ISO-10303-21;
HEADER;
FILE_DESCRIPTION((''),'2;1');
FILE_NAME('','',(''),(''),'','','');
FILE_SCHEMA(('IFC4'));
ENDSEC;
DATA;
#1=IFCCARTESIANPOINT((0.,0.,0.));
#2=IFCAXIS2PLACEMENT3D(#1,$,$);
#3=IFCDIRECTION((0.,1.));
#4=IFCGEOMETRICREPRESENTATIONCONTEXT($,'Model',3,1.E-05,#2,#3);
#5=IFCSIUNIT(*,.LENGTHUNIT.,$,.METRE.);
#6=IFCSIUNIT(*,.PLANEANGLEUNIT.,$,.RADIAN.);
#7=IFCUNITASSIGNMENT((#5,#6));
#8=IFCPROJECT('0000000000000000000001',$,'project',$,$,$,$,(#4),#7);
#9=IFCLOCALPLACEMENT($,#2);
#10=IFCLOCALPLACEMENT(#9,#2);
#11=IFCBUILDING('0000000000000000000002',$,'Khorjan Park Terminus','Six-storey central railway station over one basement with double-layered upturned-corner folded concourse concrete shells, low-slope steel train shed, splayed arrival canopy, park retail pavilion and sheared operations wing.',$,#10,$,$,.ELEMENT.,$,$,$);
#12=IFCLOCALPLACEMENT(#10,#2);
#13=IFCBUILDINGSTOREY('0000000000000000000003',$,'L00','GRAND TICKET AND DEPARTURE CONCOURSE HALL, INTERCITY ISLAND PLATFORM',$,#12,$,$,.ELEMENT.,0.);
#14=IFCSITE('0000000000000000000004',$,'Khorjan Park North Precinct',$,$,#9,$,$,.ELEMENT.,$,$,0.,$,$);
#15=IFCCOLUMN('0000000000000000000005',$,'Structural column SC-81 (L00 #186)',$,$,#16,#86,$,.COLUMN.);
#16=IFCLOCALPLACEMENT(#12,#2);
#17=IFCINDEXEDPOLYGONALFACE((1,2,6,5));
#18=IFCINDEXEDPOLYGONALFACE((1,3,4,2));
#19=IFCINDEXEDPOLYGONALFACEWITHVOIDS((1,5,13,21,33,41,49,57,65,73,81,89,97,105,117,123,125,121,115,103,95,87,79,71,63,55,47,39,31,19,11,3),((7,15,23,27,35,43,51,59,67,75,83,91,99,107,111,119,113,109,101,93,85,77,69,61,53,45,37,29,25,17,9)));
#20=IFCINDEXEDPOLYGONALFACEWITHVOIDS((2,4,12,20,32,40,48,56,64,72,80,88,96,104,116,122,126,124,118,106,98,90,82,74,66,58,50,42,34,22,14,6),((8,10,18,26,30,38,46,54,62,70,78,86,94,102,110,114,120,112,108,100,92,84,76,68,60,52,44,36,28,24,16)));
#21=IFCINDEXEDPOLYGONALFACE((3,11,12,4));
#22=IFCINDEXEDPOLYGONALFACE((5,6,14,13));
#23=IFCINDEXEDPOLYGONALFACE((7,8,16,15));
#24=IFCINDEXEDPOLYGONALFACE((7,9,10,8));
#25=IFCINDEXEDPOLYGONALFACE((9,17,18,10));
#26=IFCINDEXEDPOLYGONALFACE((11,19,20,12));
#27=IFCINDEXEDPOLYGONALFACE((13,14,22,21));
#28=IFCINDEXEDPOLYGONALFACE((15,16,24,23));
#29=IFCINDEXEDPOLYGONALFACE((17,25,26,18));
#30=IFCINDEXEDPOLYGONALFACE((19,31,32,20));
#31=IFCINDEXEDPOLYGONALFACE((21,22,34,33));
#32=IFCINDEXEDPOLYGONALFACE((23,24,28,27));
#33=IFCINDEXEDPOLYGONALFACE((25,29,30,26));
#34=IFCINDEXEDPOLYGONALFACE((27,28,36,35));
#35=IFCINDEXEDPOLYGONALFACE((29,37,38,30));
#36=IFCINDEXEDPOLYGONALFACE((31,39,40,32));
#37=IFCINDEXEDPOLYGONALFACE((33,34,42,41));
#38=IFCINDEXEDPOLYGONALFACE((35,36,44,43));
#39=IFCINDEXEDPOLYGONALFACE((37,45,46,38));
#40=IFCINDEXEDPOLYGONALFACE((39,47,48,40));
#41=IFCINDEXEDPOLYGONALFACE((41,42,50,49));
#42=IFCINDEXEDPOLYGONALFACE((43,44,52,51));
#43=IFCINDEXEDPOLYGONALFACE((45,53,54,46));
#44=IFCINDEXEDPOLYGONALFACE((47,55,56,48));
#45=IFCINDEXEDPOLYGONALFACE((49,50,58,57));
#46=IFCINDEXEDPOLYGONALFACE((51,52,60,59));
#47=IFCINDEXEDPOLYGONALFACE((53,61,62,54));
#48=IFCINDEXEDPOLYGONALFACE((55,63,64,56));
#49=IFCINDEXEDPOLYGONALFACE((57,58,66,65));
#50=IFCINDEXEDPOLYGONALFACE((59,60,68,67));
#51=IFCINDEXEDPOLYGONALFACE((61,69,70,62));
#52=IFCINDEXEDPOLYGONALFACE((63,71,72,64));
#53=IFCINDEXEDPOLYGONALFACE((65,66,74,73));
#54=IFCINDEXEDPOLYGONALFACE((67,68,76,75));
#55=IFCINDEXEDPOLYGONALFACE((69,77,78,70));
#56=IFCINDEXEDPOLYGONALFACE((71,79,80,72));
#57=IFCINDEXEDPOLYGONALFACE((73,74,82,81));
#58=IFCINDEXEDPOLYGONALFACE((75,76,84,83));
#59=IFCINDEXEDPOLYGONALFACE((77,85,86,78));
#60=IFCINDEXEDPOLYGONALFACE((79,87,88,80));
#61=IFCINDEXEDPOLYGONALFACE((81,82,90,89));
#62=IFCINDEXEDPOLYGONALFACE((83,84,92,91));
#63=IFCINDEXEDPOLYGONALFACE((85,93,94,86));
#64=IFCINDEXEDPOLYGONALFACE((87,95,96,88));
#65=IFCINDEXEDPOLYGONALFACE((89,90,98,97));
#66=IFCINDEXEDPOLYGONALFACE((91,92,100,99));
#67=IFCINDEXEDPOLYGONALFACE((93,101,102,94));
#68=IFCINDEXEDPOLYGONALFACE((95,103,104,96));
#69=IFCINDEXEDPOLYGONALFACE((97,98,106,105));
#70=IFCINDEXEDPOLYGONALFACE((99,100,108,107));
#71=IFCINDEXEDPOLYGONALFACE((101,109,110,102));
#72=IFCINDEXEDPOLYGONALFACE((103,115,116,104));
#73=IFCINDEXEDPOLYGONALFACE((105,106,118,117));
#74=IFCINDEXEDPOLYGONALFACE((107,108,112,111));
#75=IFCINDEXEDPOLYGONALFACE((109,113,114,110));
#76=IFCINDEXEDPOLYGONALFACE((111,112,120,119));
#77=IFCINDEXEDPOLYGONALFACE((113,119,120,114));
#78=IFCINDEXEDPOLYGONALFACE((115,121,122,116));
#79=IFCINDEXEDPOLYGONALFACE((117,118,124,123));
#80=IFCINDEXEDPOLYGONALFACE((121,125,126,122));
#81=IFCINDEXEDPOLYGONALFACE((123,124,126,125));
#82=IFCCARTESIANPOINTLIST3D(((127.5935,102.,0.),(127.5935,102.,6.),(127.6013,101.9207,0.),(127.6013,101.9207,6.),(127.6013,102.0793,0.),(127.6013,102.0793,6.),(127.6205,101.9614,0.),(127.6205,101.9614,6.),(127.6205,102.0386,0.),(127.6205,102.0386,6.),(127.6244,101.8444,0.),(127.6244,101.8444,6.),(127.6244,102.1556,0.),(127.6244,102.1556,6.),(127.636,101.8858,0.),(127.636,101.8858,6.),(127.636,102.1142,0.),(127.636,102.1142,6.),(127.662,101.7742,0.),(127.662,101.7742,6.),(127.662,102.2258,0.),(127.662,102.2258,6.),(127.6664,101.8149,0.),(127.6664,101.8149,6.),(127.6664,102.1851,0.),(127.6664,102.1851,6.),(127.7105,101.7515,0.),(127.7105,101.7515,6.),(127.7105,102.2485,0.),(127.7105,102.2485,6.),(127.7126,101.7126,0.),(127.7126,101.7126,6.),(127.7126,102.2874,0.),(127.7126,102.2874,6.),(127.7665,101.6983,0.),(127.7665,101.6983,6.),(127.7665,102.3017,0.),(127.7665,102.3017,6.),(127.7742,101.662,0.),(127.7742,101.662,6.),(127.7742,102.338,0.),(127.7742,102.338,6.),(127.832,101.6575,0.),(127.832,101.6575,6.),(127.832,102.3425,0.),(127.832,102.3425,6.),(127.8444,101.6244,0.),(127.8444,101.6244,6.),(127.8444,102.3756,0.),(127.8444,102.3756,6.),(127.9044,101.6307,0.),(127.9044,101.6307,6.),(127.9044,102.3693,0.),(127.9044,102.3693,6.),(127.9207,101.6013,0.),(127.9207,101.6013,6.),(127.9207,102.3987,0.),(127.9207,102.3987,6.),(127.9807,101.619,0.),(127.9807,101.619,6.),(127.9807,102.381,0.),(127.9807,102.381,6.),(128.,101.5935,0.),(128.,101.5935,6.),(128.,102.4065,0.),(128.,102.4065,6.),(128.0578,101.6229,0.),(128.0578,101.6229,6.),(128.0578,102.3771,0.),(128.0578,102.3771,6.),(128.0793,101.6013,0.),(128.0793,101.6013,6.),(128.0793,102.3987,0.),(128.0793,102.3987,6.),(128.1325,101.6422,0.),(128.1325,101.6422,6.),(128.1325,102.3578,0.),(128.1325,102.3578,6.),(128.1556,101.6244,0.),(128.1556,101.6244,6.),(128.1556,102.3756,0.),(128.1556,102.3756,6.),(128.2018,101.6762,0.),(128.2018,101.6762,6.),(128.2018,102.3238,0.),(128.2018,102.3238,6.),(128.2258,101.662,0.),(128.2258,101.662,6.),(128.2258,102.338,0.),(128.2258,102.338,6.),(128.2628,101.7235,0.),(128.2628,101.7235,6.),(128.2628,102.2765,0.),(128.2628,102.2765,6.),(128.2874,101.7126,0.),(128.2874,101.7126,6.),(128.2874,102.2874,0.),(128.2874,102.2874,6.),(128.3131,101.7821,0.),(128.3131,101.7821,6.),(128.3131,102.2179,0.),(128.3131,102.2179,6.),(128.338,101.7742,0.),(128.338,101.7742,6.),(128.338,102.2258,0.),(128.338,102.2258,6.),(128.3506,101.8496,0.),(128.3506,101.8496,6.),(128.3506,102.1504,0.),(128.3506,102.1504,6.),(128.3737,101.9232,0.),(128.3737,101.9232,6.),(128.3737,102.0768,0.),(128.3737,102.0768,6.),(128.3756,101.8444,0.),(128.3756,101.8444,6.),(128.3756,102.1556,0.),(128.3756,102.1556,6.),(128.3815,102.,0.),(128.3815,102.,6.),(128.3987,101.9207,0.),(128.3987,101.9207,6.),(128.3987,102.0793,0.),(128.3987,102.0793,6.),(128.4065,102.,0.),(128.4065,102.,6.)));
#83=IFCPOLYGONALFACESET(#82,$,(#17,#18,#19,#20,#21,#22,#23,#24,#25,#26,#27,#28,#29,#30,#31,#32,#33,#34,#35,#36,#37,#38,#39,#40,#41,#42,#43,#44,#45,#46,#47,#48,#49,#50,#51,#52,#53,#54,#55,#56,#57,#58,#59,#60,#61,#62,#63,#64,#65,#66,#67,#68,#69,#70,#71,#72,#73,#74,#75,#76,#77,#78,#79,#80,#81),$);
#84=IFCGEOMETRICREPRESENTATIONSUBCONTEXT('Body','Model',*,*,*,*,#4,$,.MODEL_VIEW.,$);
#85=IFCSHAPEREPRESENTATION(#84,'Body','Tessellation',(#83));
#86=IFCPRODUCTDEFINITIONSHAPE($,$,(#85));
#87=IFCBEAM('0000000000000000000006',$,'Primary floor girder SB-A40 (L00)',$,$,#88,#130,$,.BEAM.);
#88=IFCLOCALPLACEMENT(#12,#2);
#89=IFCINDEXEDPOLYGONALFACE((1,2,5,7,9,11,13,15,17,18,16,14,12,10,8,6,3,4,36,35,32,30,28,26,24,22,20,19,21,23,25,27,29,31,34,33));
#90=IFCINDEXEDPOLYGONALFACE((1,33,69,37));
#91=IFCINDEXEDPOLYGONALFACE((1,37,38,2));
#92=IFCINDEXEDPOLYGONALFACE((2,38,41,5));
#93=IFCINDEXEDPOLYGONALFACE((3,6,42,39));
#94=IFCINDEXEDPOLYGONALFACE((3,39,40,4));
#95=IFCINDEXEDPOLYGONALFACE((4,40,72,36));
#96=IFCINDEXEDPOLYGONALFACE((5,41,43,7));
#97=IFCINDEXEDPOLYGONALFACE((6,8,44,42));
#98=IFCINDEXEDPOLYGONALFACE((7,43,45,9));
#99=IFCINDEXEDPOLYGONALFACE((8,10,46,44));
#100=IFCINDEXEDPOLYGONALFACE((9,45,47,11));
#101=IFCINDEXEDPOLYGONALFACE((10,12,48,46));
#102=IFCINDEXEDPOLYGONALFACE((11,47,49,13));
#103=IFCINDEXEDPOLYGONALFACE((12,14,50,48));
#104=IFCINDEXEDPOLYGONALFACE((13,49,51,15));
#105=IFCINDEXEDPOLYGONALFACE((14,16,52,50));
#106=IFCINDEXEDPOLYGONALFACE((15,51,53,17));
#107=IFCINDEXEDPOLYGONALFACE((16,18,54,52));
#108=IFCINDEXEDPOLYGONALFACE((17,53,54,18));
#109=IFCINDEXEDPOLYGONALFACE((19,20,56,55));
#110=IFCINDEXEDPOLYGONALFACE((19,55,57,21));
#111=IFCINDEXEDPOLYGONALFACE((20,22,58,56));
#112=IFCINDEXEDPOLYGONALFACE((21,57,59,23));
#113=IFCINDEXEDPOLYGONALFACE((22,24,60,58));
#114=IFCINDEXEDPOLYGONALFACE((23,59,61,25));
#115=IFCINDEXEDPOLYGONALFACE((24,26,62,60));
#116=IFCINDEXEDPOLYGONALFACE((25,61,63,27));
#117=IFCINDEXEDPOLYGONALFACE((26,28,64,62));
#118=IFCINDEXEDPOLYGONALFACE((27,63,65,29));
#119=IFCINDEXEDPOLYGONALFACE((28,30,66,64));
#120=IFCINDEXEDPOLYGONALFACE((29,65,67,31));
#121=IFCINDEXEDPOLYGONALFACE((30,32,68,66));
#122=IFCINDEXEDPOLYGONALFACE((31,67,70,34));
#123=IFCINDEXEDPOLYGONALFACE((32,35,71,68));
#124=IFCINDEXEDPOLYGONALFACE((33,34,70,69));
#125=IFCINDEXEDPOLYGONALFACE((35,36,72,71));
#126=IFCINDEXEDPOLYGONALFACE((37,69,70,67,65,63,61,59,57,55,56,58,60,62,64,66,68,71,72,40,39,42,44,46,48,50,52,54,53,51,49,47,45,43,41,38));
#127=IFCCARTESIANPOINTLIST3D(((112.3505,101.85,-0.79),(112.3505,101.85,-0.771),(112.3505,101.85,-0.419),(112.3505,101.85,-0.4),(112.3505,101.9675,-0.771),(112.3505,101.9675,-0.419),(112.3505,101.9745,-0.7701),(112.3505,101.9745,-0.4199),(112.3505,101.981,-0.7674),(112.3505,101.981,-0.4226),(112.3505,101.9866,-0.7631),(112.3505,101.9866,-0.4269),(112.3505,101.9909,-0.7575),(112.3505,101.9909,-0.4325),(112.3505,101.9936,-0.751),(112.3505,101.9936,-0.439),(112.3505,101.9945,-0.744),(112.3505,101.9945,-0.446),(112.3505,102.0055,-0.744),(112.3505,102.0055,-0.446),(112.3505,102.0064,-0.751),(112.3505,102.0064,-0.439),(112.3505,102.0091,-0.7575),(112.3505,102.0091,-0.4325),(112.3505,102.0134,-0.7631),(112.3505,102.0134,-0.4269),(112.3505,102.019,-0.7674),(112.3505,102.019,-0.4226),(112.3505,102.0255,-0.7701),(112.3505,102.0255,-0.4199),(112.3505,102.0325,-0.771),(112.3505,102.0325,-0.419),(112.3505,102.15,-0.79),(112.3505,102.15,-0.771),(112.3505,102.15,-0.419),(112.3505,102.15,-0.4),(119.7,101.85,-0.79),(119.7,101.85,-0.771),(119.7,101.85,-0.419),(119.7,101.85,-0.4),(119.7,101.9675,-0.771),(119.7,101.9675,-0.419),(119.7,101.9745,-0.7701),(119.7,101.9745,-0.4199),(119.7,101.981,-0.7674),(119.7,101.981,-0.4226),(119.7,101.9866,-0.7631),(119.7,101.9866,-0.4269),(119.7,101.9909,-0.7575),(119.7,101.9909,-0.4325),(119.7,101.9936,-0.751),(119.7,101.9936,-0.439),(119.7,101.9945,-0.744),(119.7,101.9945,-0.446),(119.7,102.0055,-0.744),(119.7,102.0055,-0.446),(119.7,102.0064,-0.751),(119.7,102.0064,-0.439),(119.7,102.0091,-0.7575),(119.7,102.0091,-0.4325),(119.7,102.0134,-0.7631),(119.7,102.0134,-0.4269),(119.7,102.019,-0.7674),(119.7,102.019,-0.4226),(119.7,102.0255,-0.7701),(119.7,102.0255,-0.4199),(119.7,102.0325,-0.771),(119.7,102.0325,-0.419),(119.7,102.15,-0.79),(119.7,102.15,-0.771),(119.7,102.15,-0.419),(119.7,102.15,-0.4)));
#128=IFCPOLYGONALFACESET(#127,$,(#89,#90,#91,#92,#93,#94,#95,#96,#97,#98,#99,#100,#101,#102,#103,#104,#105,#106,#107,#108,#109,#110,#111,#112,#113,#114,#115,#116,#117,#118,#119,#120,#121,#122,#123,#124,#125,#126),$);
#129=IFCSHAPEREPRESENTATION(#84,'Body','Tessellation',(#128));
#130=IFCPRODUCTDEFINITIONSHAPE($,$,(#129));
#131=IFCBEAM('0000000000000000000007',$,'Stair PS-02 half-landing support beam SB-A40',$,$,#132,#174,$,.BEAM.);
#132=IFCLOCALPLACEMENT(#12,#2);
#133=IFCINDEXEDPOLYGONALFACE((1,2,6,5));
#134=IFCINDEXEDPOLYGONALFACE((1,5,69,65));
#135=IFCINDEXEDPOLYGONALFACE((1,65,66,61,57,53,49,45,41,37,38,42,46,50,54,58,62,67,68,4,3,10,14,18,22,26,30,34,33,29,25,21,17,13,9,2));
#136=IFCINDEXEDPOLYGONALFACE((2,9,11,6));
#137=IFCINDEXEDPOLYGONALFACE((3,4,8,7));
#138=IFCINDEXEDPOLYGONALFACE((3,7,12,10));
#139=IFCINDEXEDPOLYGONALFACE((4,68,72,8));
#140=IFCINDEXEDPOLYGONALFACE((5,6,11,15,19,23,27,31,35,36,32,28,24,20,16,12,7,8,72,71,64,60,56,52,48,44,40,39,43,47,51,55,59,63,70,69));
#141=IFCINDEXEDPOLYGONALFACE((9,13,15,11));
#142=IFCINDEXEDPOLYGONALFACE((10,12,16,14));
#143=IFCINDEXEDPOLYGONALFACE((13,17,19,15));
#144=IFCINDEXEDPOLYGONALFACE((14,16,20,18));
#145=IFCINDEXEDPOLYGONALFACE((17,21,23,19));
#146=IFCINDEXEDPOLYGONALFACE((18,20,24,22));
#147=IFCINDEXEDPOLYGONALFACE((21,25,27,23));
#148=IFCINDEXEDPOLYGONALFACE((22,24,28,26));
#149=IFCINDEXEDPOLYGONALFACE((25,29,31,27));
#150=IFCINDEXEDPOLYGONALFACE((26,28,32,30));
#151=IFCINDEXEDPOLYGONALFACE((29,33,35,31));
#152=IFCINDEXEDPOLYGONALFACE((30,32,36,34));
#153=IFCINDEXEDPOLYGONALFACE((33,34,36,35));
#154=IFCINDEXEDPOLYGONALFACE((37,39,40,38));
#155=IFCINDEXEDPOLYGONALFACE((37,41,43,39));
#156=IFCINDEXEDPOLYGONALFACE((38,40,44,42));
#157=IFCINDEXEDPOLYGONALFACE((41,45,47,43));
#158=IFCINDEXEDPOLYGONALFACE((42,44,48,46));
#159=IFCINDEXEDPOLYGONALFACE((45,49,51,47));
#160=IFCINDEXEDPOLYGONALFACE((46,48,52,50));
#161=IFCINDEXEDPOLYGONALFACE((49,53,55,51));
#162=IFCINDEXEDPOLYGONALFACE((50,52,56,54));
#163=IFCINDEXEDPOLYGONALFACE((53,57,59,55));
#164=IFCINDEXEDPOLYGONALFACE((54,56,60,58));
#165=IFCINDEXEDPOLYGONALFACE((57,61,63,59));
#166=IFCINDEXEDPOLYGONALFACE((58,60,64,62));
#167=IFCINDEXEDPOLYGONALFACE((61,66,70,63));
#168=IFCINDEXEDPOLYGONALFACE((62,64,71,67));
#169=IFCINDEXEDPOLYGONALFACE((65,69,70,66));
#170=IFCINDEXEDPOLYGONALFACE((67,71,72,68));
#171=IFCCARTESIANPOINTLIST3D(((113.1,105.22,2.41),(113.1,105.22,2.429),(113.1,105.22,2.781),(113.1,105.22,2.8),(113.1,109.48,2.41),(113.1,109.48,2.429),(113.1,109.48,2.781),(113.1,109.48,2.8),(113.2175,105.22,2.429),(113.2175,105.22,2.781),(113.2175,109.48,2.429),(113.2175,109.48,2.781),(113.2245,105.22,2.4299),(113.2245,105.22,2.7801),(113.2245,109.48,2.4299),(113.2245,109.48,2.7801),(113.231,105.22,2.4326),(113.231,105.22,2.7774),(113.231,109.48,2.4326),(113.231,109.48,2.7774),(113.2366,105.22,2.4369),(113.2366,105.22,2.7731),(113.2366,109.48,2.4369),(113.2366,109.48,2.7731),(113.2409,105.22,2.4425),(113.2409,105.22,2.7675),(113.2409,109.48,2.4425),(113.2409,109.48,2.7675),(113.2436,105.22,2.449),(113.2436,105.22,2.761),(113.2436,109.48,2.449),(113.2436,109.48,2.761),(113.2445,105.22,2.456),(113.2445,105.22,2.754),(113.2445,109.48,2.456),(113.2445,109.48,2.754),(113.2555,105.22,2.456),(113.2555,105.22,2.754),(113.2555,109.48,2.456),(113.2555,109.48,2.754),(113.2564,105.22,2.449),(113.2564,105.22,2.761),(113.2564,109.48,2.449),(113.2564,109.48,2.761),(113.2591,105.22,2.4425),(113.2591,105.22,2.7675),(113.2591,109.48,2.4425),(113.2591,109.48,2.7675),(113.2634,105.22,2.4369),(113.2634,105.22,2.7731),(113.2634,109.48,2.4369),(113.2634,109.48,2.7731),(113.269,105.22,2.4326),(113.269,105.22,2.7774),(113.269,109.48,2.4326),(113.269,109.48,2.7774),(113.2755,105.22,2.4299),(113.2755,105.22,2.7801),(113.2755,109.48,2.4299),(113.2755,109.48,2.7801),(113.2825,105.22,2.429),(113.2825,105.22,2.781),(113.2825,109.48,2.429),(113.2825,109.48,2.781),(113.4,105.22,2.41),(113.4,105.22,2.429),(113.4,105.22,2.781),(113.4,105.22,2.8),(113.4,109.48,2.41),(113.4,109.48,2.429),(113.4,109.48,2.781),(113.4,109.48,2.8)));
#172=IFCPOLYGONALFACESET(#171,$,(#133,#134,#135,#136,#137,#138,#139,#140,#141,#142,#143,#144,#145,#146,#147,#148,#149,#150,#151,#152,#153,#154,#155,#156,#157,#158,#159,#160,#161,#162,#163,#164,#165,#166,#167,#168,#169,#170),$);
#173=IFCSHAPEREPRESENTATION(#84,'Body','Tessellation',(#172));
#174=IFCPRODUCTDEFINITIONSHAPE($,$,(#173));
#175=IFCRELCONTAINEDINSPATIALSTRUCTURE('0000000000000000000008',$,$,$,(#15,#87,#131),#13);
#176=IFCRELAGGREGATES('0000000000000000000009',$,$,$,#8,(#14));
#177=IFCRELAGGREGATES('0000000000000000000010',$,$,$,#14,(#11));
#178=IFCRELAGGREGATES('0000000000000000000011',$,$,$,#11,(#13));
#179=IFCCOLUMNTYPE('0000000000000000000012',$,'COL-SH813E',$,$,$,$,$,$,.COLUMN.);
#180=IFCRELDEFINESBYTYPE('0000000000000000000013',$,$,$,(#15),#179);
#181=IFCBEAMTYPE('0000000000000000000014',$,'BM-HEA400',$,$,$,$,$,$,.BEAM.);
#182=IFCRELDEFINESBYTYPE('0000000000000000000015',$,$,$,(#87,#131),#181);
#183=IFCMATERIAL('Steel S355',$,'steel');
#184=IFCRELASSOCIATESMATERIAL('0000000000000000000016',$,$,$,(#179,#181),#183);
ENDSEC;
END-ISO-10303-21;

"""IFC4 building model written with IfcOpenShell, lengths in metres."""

from ifc_helpers import new_model, si_unit, direction, frame, origin, origin_2d, place, context, subcontext, project, spatial, hollow_circle, i_section, extrude, material, material_profile, profile_set, type_object, element, save


model = new_model("IFC4")

# Units and contexts
model_context = context("Model", 3, precision=1e-05, world=origin(), true_north=direction((0.0, 1.0)))
body_context = subcontext(model_context, "Body", "Model", "MODEL_VIEW")
ifc_project = project(units=[si_unit("LENGTHUNIT", "METRE"), si_unit("PLANEANGLEUNIT", "RADIAN")], contexts=[model_context])

# Site, building, storey
site_placement = place(None, origin())
site = spatial("IfcSite", under=ifc_project, at=site_placement, Name="Khorjan Park North Precinct", CompositionType="ELEMENT", RefElevation=0.0)
building_placement = place(site_placement, origin())
building = spatial("IfcBuilding", under=site, at=building_placement, Name="Khorjan Park Terminus", Description="Six-storey central railway station over one basement with double-layered upturned-corner folded concourse concrete shells, low-slope steel train shed, splayed arrival canopy, park retail pavilion and sheared operations wing.", CompositionType="ELEMENT")
storey_placement = place(building_placement, origin())
storey = spatial("IfcBuildingStorey", under=building, at=storey_placement, Name="L00", Description="GRAND TICKET AND DEPARTURE CONCOURSE HALL, INTERCITY ISLAND PLATFORM", CompositionType="ELEMENT", Elevation=0.0)

# Column
ifc_material_1 = material(Name="Steel S355", Category="steel")
ifc_material_profile_1 = material_profile(ifc_material_1, hollow_circle(Radius=0.4065, WallThickness=0.025, at=origin_2d()), Name="CHS 813x25")
ifc_profile_set_1 = profile_set([ifc_material_profile_1], Name="Steel S355")
column_type_1 = type_object("IfcColumnType", Name="COL-SH813E", PredefinedType="COLUMN", material=ifc_profile_set_1)
column_1_placement = place(storey_placement, frame((128.0, 102.0, 0.0), z_axis=(0.0, 0.0, 1.0), x_axis=(1.0, 0.0, 0.0)))
element("IfcColumn", 1, at=column_1_placement, inside=storey, type_object=column_type_1, Name="Structural column SC-81 (L00 #186)", PredefinedType="COLUMN", context=body_context, shape_type="SweptSolid", body=[
    extrude(hollow_circle(Radius=0.4065, WallThickness=0.025, at=origin_2d()), origin(), (0.0, 0.0, 1.0), 6.0),
])

# Beams
ifc_material_profile_2 = material_profile(ifc_material_1, i_section(OverallWidth=0.3, OverallDepth=0.39, WebThickness=0.011, FlangeThickness=0.019, FilletRadius=0.027, at=origin_2d()), Name="HEA 400")
ifc_profile_set_2 = profile_set([ifc_material_profile_2], Name="Steel S355")
beam_type_1 = type_object("IfcBeamType", Name="BM-HEA400", PredefinedType="BEAM", material=ifc_profile_set_2)
beam_1_placement = place(storey_placement, frame((112.3505, 102.0, -0.595), z_axis=(1.0, 0.0, 0.0), x_axis=(0.0, 1.0, 0.0)))
element("IfcBeam", 2, at=beam_1_placement, inside=storey, type_object=beam_type_1, Name="Primary floor girder SB-A40 (L00)", PredefinedType="BEAM", context=body_context, shape_type="SweptSolid", body=[
    extrude(i_section(OverallWidth=0.3, OverallDepth=0.39, WebThickness=0.011, FlangeThickness=0.019, FilletRadius=0.027, at=origin_2d()), origin(), (0.0, 0.0, 1.0), 7.3495),
])
beam_2_placement = place(storey_placement, frame((113.25, 105.22, 2.605), z_axis=(0.0, 1.0, 0.0), x_axis=(-1.0, 0.0, 0.0)))
element("IfcBeam", 3, at=beam_2_placement, inside=storey, type_object=beam_type_1, Name="Stair PS-02 half-landing support beam SB-A40", PredefinedType="BEAM", context=body_context, shape_type="SweptSolid", body=[
    extrude(i_section(OverallWidth=0.3, OverallDepth=0.39, WebThickness=0.011, FlangeThickness=0.019, FilletRadius=0.027, at=origin_2d()), origin(), (0.0, 0.0, 1.0), 4.26),
])

save(model, "model.ifc")
